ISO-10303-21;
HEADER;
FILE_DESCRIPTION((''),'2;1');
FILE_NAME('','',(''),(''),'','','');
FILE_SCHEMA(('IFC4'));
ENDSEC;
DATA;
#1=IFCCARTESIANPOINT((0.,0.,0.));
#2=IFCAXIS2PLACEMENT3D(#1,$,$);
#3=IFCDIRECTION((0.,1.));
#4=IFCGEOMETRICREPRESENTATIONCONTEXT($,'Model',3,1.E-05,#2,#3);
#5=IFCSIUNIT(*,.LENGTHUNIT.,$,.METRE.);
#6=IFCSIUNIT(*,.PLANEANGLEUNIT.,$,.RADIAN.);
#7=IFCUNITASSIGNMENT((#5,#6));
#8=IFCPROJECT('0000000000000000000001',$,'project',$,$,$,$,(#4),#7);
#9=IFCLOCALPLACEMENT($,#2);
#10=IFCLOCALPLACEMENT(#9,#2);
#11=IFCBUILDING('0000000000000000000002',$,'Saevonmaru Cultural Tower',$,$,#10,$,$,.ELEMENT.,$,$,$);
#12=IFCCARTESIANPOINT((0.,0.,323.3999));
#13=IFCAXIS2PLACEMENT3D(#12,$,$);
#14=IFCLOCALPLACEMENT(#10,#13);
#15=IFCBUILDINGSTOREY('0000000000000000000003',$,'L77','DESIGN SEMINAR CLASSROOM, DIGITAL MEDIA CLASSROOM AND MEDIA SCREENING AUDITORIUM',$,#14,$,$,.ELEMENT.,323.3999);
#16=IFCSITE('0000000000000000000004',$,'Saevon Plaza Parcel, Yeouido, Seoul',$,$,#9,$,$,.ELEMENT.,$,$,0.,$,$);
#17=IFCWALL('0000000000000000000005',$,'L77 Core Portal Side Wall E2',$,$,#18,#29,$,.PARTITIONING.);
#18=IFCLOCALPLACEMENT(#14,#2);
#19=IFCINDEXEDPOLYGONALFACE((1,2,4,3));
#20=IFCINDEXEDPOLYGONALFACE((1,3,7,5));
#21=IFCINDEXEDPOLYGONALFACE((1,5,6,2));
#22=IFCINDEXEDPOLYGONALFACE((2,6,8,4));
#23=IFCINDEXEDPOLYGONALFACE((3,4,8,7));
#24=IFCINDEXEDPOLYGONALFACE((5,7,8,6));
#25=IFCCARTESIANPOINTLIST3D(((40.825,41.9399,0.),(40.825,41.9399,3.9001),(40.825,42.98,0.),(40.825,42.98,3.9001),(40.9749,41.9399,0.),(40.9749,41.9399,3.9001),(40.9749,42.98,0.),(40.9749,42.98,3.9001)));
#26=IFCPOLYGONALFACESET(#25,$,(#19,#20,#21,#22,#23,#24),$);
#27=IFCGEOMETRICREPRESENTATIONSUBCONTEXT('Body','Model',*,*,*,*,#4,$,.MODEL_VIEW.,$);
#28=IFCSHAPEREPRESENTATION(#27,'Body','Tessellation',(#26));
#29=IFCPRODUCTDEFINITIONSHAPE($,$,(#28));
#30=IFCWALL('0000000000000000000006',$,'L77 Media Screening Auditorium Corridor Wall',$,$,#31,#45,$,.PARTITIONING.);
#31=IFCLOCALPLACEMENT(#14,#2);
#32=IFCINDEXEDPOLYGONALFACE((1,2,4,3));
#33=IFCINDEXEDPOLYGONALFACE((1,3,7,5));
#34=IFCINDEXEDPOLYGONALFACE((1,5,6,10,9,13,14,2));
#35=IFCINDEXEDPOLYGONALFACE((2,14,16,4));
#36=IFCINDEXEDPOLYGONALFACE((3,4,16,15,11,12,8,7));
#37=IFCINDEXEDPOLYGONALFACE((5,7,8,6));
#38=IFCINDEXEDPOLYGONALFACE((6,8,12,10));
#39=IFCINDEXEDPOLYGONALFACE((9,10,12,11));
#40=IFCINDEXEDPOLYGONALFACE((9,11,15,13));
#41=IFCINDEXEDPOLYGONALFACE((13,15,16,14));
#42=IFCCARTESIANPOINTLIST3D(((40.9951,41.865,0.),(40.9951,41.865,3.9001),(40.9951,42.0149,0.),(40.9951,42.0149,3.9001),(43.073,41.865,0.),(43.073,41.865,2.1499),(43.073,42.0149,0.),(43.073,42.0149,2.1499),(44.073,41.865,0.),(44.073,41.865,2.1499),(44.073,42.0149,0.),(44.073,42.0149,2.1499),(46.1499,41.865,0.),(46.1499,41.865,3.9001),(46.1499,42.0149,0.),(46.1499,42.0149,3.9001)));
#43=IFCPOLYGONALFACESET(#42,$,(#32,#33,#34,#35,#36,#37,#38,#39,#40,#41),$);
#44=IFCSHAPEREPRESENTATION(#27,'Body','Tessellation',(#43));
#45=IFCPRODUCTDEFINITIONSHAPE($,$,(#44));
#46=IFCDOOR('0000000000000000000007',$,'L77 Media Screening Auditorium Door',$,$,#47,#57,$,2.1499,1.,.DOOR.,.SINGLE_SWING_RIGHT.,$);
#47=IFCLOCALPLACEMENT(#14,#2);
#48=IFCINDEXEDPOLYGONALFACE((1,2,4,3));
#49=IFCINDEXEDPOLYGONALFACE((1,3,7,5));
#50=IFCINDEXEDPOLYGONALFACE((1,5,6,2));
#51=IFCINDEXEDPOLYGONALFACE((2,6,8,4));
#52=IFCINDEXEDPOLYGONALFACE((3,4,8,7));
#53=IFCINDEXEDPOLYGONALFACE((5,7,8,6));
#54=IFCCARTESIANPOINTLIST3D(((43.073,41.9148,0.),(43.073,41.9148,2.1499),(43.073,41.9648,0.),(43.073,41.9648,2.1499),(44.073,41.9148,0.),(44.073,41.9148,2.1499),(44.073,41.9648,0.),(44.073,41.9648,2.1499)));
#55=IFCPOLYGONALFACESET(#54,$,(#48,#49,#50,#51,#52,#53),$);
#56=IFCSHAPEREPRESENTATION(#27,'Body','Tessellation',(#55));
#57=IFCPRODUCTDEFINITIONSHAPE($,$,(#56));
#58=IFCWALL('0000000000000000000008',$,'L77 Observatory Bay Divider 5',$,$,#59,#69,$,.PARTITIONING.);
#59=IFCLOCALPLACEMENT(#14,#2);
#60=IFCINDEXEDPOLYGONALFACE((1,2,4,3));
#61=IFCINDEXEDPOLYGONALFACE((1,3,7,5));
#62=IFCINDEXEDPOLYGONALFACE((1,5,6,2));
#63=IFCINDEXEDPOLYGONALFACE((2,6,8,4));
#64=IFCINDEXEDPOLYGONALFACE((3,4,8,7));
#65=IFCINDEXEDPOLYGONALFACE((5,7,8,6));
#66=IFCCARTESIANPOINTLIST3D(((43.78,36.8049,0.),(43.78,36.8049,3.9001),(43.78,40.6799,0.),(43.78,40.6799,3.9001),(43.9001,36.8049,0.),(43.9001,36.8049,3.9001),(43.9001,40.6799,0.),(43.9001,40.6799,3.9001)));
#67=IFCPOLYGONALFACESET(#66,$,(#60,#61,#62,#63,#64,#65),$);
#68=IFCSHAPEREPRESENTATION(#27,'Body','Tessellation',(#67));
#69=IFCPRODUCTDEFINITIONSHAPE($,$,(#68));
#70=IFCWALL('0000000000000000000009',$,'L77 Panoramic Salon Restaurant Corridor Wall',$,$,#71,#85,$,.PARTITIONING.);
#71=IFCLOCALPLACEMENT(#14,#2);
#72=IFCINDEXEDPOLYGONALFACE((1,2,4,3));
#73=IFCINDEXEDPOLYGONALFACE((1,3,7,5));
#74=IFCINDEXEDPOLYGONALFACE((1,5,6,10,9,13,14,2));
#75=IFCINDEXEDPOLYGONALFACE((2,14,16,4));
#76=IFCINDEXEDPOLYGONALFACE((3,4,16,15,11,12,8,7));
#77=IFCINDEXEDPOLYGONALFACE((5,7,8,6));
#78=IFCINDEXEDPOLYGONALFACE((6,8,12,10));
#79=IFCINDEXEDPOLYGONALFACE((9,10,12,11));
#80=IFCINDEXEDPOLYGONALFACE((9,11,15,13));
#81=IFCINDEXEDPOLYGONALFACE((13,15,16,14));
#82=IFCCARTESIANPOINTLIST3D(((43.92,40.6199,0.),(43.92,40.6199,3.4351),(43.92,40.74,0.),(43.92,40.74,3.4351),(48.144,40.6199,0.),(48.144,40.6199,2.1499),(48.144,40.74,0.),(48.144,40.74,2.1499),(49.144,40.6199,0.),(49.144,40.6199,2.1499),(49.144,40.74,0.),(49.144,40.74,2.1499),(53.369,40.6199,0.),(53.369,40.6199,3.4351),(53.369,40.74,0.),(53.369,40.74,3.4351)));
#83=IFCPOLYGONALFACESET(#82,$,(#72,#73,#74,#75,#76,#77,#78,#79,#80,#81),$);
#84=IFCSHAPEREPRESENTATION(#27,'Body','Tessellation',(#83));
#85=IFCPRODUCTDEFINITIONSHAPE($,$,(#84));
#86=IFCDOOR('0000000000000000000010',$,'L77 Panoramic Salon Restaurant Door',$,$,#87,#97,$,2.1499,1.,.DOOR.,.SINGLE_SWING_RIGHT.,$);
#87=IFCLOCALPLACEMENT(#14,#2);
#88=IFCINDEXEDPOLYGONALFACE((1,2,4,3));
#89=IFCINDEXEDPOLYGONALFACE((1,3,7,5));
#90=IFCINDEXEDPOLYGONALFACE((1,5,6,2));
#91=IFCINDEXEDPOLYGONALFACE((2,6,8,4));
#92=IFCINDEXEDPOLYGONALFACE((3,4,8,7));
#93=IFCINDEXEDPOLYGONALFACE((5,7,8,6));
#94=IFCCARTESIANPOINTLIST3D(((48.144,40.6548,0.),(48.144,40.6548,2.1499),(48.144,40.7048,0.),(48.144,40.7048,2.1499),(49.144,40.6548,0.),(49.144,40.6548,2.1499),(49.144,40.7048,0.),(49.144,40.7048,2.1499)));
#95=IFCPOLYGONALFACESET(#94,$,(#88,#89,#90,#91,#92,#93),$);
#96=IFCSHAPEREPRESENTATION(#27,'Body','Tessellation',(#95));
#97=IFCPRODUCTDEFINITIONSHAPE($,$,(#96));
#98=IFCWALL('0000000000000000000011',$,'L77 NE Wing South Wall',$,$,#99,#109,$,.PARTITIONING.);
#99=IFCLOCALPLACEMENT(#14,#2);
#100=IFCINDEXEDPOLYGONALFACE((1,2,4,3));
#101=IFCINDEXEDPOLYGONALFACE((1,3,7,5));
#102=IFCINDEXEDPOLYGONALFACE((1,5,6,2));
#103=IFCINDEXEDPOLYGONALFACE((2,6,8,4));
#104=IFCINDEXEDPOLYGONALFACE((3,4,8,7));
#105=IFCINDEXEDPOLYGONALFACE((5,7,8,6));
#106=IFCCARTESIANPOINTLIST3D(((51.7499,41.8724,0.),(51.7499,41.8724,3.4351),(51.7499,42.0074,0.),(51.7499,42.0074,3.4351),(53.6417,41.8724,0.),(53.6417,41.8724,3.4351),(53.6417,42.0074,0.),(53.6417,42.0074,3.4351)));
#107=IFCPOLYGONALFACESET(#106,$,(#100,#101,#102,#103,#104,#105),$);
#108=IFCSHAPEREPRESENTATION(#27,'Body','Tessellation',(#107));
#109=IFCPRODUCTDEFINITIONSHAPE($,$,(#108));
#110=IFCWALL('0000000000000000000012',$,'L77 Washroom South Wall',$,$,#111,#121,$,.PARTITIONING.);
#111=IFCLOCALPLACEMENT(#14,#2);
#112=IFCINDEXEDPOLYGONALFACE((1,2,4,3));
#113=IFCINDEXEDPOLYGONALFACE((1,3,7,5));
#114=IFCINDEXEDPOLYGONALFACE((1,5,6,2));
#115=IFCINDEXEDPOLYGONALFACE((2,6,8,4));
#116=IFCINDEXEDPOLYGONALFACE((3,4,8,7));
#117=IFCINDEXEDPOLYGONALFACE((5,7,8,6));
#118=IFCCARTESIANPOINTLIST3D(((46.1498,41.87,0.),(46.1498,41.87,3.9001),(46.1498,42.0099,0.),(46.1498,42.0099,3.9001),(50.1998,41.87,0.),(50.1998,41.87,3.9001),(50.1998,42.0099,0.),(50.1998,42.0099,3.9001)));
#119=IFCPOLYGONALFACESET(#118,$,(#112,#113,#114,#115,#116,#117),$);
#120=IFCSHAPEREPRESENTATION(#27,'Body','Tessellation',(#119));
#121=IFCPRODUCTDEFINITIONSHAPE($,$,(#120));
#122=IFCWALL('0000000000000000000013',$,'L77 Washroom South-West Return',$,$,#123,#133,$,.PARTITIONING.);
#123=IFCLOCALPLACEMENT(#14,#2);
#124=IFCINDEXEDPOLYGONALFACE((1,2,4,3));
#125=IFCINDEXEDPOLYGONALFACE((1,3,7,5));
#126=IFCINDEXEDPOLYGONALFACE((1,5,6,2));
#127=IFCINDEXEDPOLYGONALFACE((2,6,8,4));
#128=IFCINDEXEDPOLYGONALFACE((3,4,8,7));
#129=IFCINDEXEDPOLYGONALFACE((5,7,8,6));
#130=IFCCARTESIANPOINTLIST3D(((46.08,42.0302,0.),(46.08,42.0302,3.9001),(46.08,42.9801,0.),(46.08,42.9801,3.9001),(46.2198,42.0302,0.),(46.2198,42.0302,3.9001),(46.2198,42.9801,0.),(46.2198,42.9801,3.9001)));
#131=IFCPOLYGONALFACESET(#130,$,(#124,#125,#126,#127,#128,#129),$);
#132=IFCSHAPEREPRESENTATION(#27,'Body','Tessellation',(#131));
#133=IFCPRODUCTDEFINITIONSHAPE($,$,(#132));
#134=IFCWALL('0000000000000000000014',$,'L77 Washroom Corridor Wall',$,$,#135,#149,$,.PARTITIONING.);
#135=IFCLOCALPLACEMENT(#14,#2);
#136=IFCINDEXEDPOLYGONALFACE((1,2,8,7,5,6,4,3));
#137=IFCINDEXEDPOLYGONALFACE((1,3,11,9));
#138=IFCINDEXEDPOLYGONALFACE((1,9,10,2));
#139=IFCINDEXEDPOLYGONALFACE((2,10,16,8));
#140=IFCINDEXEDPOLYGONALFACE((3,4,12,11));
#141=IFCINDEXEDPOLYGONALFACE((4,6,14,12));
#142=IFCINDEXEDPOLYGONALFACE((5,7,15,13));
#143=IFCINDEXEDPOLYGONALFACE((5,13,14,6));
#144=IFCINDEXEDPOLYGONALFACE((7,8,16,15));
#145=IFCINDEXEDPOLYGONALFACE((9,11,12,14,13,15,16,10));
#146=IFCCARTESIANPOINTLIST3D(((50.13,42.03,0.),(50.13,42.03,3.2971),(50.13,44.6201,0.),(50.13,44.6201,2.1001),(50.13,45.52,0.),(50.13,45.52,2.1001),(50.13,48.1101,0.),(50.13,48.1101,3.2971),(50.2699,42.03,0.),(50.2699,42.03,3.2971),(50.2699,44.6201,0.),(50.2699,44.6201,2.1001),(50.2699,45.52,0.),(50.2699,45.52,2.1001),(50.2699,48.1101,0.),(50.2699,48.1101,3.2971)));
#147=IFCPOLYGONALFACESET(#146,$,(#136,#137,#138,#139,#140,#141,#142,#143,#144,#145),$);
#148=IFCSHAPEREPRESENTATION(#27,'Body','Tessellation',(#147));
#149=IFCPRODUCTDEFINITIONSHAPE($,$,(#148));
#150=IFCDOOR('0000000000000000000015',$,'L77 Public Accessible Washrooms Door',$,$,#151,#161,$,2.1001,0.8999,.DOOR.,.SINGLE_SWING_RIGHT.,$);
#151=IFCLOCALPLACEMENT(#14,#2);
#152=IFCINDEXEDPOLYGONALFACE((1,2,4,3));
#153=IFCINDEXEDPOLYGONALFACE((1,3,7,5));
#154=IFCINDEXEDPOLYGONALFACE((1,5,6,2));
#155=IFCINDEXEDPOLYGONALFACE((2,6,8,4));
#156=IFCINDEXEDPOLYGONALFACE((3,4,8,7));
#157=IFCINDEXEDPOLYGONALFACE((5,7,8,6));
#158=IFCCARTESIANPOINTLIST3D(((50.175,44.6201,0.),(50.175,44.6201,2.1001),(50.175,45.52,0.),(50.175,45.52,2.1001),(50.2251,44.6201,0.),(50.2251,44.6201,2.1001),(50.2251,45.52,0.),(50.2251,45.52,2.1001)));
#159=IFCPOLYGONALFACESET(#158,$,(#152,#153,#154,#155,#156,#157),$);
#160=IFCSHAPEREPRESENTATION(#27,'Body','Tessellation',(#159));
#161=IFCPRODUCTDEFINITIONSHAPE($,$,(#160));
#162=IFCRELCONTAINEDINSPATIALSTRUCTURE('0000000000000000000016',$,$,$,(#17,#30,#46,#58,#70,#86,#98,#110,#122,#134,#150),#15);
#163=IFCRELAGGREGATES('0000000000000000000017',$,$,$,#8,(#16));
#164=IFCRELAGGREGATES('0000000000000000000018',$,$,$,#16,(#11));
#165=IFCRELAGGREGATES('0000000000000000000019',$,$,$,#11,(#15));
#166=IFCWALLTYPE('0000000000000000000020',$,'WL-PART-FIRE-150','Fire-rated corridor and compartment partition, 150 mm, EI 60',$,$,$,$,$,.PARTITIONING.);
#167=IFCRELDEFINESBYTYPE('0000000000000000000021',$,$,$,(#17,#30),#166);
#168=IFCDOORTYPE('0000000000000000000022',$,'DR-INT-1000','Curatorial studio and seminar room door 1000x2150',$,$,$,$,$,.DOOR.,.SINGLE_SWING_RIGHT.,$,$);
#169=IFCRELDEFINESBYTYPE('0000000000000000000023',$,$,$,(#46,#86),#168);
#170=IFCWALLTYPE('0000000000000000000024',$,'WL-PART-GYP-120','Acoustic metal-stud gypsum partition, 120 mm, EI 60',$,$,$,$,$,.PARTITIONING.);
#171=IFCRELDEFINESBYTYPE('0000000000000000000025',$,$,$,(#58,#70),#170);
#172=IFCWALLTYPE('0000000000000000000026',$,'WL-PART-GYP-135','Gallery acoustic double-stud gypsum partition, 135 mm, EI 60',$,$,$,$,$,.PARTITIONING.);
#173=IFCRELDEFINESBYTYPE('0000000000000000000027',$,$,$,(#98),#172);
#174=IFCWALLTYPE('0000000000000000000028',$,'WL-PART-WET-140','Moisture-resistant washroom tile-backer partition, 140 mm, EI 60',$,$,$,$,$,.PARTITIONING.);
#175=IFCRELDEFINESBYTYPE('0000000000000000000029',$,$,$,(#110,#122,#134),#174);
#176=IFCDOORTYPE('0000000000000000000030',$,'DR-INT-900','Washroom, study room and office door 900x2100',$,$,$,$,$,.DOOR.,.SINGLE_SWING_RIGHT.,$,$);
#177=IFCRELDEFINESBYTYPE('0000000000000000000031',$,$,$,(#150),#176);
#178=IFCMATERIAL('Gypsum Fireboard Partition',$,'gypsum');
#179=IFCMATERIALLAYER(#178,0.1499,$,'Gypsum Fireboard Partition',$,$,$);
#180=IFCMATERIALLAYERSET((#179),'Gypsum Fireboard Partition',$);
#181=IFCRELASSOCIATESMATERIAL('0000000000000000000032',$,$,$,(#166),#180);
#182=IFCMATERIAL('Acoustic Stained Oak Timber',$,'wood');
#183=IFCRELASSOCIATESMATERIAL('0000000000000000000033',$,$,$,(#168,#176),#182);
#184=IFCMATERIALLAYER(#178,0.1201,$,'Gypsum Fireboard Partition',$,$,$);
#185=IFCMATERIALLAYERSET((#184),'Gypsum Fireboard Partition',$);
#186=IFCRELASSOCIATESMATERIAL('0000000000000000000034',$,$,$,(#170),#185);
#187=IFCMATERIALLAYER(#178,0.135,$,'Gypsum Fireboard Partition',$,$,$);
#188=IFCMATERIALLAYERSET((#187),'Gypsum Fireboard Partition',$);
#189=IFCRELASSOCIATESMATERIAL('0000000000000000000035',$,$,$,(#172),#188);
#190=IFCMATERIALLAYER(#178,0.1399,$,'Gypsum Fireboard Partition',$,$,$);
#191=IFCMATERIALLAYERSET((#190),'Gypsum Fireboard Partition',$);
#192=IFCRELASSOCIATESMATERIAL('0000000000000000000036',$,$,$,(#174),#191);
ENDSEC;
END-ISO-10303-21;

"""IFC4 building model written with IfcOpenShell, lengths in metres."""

from ifc_helpers import new_model, si_unit, direction, frame, frame_2d, origin, place, context, subcontext, project, spatial, rectangle, extrude, material, layer, layer_set, type_object, element, fill, save


model = new_model("IFC4")

# Units and contexts
model_context = context("Model", 3, precision=1e-05, world=origin(), true_north=direction((0.0, 1.0)))
body_context = subcontext(model_context, "Body", "Model", "MODEL_VIEW")
ifc_project = project(units=[si_unit("LENGTHUNIT", "METRE"), si_unit("PLANEANGLEUNIT", "RADIAN")], contexts=[model_context])

# Site, building, storey
site_placement = place(None, origin())
site = spatial("IfcSite", under=ifc_project, at=site_placement, Name="Saevon Plaza Parcel, Yeouido, Seoul", CompositionType="ELEMENT", RefElevation=0.0)
building_placement = place(site_placement, origin())
building = spatial("IfcBuilding", under=site, at=building_placement, Name="Saevonmaru Cultural Tower", CompositionType="ELEMENT")
storey_placement = place(building_placement, frame((0.0, 0.0, 323.3999)))
storey = spatial("IfcBuildingStorey", under=building, at=storey_placement, Name="L77", Description="DESIGN SEMINAR CLASSROOM, DIGITAL MEDIA CLASSROOM AND MEDIA SCREENING AUDITORIUM", CompositionType="ELEMENT", Elevation=323.3999)

# Shared definitions
ifc_material_1 = material(Name="Gypsum Fireboard Partition", Category="gypsum")
ifc_layer_1 = layer(ifc_material_1, 0.1499, Name="Gypsum Fireboard Partition")
ifc_layer_set_1 = layer_set([ifc_layer_1], Name="Gypsum Fireboard Partition")
wall_type_1 = type_object("IfcWallType", Name="WL-PART-FIRE-150", Description="Fire-rated corridor and compartment partition, 150 mm, EI 60", PredefinedType="PARTITIONING", material=ifc_layer_set_1)

# Wall
wall_1_placement = place(storey_placement, frame((40.8999, 41.9399, 0.0), z_axis=(0.0, 0.0, 1.0), x_axis=(0.0, 1.0, 0.0)))
element("IfcWall", 1, at=wall_1_placement, inside=storey, type_object=wall_type_1, Name="L77 Core Portal Side Wall E2", PredefinedType="PARTITIONING", context=body_context, shape_type="SweptSolid", body=[
    extrude(rectangle(XDim=1.04, YDim=0.1499, at=frame_2d((0.52, 0.0))), origin(), (0.0, 0.0, 1.0), 3.9001),
])

# Wall, opening, door
wall_2_placement = place(storey_placement, frame((40.9951, 41.9399, 0.0), z_axis=(0.0, 0.0, 1.0), x_axis=(1.0, 0.0, 0.0)))
wall_2 = element("IfcWall", 2, at=wall_2_placement, inside=storey, type_object=wall_type_1, Name="L77 Media Screening Auditorium Corridor Wall", PredefinedType="PARTITIONING", context=body_context, shape_type="SweptSolid", body=[
    extrude(rectangle(XDim=5.1548, YDim=0.1499, at=frame_2d((2.5774, 0.0))), origin(), (0.0, 0.0, 1.0), 3.9001),
])
opening_1_placement = place(wall_2_placement, frame((2.0779, 0.0, 0.0)))
opening_1 = element("IfcOpeningElement", 3, at=opening_1_placement, cuts=wall_2, PredefinedType="OPENING", context=body_context, shape_type="SweptSolid", body=[
    extrude(rectangle(XDim=1.0, YDim=2.1499, at=frame_2d((0.5, 1.075))), frame((0.0, 0.085, 0.0), z_axis=(0.0, -1.0, 0.0), x_axis=(1.0, 0.0, 0.0)), (0.0, 0.0, 1.0), 0.1699),
])
ifc_material_2 = material(Name="Acoustic Stained Oak Timber", Category="wood")
door_type_1 = type_object("IfcDoorType", Name="DR-INT-1000", Description="Curatorial studio and seminar room door 1000x2150", OperationType="SINGLE_SWING_RIGHT", PredefinedType="DOOR", material=ifc_material_2)
door_1_placement = place(opening_1_placement, origin())
door_1 = element("IfcDoor", 4, at=door_1_placement, inside=storey, type_object=door_type_1, Name="L77 Media Screening Auditorium Door", OperationType="SINGLE_SWING_RIGHT", OverallHeight=2.1499, OverallWidth=1.0, PredefinedType="DOOR", context=body_context, shape_type="SweptSolid", body=[
    extrude(rectangle(XDim=1.0, YDim=2.1499, at=frame_2d((0.5, 1.075))), frame((0.0, 0.0249, 0.0), z_axis=(0.0, -1.0, 0.0), x_axis=(1.0, 0.0, 0.0)), (0.0, 0.0, 1.0), 0.05),
])
fill(opening_1, door_1)

# Wall
ifc_layer_2 = layer(ifc_material_1, 0.1201, Name="Gypsum Fireboard Partition")
ifc_layer_set_2 = layer_set([ifc_layer_2], Name="Gypsum Fireboard Partition")
wall_type_2 = type_object("IfcWallType", Name="WL-PART-GYP-120", Description="Acoustic metal-stud gypsum partition, 120 mm, EI 60", PredefinedType="PARTITIONING", material=ifc_layer_set_2)
wall_3_placement = place(storey_placement, frame((43.8401, 36.8049, 0.0), z_axis=(0.0, 0.0, 1.0), x_axis=(0.0, 1.0, 0.0)))
element("IfcWall", 5, at=wall_3_placement, inside=storey, type_object=wall_type_2, Name="L77 Observatory Bay Divider 5", PredefinedType="PARTITIONING", context=body_context, shape_type="SweptSolid", body=[
    extrude(rectangle(XDim=3.875, YDim=0.1201, at=frame_2d((1.9375, 0.0))), origin(), (0.0, 0.0, 1.0), 3.9001),
])

# Wall, opening, door
wall_4_placement = place(storey_placement, frame((43.9199, 40.6799, 0.0), z_axis=(0.0, 0.0, 1.0), x_axis=(1.0, 0.0, 0.0)))
wall_4 = element("IfcWall", 6, at=wall_4_placement, inside=storey, type_object=wall_type_2, Name="L77 Panoramic Salon Restaurant Corridor Wall", PredefinedType="PARTITIONING", context=body_context, shape_type="SweptSolid", body=[
    extrude(rectangle(XDim=9.449, YDim=0.1201, at=frame_2d((4.7246, 0.0))), origin(), (0.0, 0.0, 1.0), 3.4351),
])
opening_2_placement = place(wall_4_placement, frame((4.2241, 0.0, 0.0)))
opening_2 = element("IfcOpeningElement", 7, at=opening_2_placement, cuts=wall_4, PredefinedType="OPENING", context=body_context, shape_type="SweptSolid", body=[
    extrude(rectangle(XDim=1.0, YDim=2.1499, at=frame_2d((0.5, 1.075))), frame((0.0, 0.0701, 0.0), z_axis=(0.0, -1.0, 0.0), x_axis=(1.0, 0.0, 0.0)), (0.0, 0.0, 1.0), 0.1401),
])
door_2_placement = place(opening_2_placement, origin())
door_2 = element("IfcDoor", 8, at=door_2_placement, inside=storey, type_object=door_type_1, Name="L77 Panoramic Salon Restaurant Door", OperationType="SINGLE_SWING_RIGHT", OverallHeight=2.1499, OverallWidth=1.0, PredefinedType="DOOR", context=body_context, shape_type="SweptSolid", body=[
    extrude(rectangle(XDim=1.0, YDim=2.1499, at=frame_2d((0.5, 1.075))), frame((0.0, 0.0249, 0.0), z_axis=(0.0, -1.0, 0.0), x_axis=(1.0, 0.0, 0.0)), (0.0, 0.0, 1.0), 0.05),
])
fill(opening_2, door_2)

# Walls
ifc_layer_3 = layer(ifc_material_1, 0.135, Name="Gypsum Fireboard Partition")
ifc_layer_set_3 = layer_set([ifc_layer_3], Name="Gypsum Fireboard Partition")
wall_type_3 = type_object("IfcWallType", Name="WL-PART-GYP-135", Description="Gallery acoustic double-stud gypsum partition, 135 mm, EI 60", PredefinedType="PARTITIONING", material=ifc_layer_set_3)
wall_5_placement = place(storey_placement, frame((51.75, 41.9399, 0.0), z_axis=(0.0, 0.0, 1.0), x_axis=(1.0, 0.0, 0.0)))
element("IfcWall", 9, at=wall_5_placement, inside=storey, type_object=wall_type_3, Name="L77 NE Wing South Wall", PredefinedType="PARTITIONING", context=body_context, shape_type="SweptSolid", body=[
    extrude(rectangle(XDim=1.8918, YDim=0.135, at=frame_2d((0.9458, 0.0))), origin(), (0.0, 0.0, 1.0), 3.4351),
])
ifc_layer_4 = layer(ifc_material_1, 0.1399, Name="Gypsum Fireboard Partition")
ifc_layer_set_4 = layer_set([ifc_layer_4], Name="Gypsum Fireboard Partition")
wall_type_4 = type_object("IfcWallType", Name="WL-PART-WET-140", Description="Moisture-resistant washroom tile-backer partition, 140 mm, EI 60", PredefinedType="PARTITIONING", material=ifc_layer_set_4)
wall_6_placement = place(storey_placement, frame((46.1499, 41.9399, 0.0), z_axis=(0.0, 0.0, 1.0), x_axis=(1.0, 0.0, 0.0)))
element("IfcWall", 10, at=wall_6_placement, inside=storey, type_object=wall_type_4, Name="L77 Washroom South Wall", PredefinedType="PARTITIONING", context=body_context, shape_type="SweptSolid", body=[
    extrude(rectangle(XDim=4.05, YDim=0.1399, at=frame_2d((2.0249, 0.0))), origin(), (0.0, 0.0, 1.0), 3.9001),
])
wall_7_placement = place(storey_placement, frame((46.1499, 42.03, 0.0), z_axis=(0.0, 0.0, 1.0), x_axis=(0.0, 1.0, 0.0)))
element("IfcWall", 11, at=wall_7_placement, inside=storey, type_object=wall_type_4, Name="L77 Washroom South-West Return", PredefinedType="PARTITIONING", context=body_context, shape_type="SweptSolid", body=[
    extrude(rectangle(XDim=0.95, YDim=0.1399, at=frame_2d((0.4751, 0.0))), origin(), (0.0, 0.0, 1.0), 3.9001),
])

# Wall, opening, door
wall_8_placement = place(storey_placement, frame((50.2, 42.03, 0.0), z_axis=(0.0, 0.0, 1.0), x_axis=(0.0, 1.0, 0.0)))
wall_8 = element("IfcWall", 12, at=wall_8_placement, inside=storey, type_object=wall_type_4, Name="L77 Washroom Corridor Wall", PredefinedType="PARTITIONING", context=body_context, shape_type="SweptSolid", body=[
    extrude(rectangle(XDim=6.0801, YDim=0.1399, at=frame_2d((3.04, 0.0))), origin(), (0.0, 0.0, 1.0), 3.2971),
])
opening_3_placement = place(wall_8_placement, frame((2.5901, 0.0, 0.0)))
opening_3 = element("IfcOpeningElement", 13, at=opening_3_placement, cuts=wall_8, PredefinedType="OPENING", context=body_context, shape_type="SweptSolid", body=[
    extrude(rectangle(XDim=0.8999, YDim=2.1001, at=frame_2d((0.45, 1.05))), frame((0.0, 0.0801, 0.0), z_axis=(0.0, -1.0, 0.0), x_axis=(1.0, 0.0, 0.0)), (0.0, 0.0, 1.0), 0.1599),
])
door_type_2 = type_object("IfcDoorType", Name="DR-INT-900", Description="Washroom, study room and office door 900x2100", OperationType="SINGLE_SWING_RIGHT", PredefinedType="DOOR", material=ifc_material_2)
door_3_placement = place(opening_3_placement, origin())
door_3 = element("IfcDoor", 14, at=door_3_placement, inside=storey, type_object=door_type_2, Name="L77 Public Accessible Washrooms Door", OperationType="SINGLE_SWING_RIGHT", OverallHeight=2.1001, OverallWidth=0.8999, PredefinedType="DOOR", context=body_context, shape_type="SweptSolid", body=[
    extrude(rectangle(XDim=0.8999, YDim=2.1001, at=frame_2d((0.45, 1.05))), frame((0.0, 0.0249, 0.0), z_axis=(0.0, -1.0, 0.0), x_axis=(1.0, 0.0, 0.0)), (0.0, 0.0, 1.0), 0.05),
])
fill(opening_3, door_3)

save(model, "model.ifc")
